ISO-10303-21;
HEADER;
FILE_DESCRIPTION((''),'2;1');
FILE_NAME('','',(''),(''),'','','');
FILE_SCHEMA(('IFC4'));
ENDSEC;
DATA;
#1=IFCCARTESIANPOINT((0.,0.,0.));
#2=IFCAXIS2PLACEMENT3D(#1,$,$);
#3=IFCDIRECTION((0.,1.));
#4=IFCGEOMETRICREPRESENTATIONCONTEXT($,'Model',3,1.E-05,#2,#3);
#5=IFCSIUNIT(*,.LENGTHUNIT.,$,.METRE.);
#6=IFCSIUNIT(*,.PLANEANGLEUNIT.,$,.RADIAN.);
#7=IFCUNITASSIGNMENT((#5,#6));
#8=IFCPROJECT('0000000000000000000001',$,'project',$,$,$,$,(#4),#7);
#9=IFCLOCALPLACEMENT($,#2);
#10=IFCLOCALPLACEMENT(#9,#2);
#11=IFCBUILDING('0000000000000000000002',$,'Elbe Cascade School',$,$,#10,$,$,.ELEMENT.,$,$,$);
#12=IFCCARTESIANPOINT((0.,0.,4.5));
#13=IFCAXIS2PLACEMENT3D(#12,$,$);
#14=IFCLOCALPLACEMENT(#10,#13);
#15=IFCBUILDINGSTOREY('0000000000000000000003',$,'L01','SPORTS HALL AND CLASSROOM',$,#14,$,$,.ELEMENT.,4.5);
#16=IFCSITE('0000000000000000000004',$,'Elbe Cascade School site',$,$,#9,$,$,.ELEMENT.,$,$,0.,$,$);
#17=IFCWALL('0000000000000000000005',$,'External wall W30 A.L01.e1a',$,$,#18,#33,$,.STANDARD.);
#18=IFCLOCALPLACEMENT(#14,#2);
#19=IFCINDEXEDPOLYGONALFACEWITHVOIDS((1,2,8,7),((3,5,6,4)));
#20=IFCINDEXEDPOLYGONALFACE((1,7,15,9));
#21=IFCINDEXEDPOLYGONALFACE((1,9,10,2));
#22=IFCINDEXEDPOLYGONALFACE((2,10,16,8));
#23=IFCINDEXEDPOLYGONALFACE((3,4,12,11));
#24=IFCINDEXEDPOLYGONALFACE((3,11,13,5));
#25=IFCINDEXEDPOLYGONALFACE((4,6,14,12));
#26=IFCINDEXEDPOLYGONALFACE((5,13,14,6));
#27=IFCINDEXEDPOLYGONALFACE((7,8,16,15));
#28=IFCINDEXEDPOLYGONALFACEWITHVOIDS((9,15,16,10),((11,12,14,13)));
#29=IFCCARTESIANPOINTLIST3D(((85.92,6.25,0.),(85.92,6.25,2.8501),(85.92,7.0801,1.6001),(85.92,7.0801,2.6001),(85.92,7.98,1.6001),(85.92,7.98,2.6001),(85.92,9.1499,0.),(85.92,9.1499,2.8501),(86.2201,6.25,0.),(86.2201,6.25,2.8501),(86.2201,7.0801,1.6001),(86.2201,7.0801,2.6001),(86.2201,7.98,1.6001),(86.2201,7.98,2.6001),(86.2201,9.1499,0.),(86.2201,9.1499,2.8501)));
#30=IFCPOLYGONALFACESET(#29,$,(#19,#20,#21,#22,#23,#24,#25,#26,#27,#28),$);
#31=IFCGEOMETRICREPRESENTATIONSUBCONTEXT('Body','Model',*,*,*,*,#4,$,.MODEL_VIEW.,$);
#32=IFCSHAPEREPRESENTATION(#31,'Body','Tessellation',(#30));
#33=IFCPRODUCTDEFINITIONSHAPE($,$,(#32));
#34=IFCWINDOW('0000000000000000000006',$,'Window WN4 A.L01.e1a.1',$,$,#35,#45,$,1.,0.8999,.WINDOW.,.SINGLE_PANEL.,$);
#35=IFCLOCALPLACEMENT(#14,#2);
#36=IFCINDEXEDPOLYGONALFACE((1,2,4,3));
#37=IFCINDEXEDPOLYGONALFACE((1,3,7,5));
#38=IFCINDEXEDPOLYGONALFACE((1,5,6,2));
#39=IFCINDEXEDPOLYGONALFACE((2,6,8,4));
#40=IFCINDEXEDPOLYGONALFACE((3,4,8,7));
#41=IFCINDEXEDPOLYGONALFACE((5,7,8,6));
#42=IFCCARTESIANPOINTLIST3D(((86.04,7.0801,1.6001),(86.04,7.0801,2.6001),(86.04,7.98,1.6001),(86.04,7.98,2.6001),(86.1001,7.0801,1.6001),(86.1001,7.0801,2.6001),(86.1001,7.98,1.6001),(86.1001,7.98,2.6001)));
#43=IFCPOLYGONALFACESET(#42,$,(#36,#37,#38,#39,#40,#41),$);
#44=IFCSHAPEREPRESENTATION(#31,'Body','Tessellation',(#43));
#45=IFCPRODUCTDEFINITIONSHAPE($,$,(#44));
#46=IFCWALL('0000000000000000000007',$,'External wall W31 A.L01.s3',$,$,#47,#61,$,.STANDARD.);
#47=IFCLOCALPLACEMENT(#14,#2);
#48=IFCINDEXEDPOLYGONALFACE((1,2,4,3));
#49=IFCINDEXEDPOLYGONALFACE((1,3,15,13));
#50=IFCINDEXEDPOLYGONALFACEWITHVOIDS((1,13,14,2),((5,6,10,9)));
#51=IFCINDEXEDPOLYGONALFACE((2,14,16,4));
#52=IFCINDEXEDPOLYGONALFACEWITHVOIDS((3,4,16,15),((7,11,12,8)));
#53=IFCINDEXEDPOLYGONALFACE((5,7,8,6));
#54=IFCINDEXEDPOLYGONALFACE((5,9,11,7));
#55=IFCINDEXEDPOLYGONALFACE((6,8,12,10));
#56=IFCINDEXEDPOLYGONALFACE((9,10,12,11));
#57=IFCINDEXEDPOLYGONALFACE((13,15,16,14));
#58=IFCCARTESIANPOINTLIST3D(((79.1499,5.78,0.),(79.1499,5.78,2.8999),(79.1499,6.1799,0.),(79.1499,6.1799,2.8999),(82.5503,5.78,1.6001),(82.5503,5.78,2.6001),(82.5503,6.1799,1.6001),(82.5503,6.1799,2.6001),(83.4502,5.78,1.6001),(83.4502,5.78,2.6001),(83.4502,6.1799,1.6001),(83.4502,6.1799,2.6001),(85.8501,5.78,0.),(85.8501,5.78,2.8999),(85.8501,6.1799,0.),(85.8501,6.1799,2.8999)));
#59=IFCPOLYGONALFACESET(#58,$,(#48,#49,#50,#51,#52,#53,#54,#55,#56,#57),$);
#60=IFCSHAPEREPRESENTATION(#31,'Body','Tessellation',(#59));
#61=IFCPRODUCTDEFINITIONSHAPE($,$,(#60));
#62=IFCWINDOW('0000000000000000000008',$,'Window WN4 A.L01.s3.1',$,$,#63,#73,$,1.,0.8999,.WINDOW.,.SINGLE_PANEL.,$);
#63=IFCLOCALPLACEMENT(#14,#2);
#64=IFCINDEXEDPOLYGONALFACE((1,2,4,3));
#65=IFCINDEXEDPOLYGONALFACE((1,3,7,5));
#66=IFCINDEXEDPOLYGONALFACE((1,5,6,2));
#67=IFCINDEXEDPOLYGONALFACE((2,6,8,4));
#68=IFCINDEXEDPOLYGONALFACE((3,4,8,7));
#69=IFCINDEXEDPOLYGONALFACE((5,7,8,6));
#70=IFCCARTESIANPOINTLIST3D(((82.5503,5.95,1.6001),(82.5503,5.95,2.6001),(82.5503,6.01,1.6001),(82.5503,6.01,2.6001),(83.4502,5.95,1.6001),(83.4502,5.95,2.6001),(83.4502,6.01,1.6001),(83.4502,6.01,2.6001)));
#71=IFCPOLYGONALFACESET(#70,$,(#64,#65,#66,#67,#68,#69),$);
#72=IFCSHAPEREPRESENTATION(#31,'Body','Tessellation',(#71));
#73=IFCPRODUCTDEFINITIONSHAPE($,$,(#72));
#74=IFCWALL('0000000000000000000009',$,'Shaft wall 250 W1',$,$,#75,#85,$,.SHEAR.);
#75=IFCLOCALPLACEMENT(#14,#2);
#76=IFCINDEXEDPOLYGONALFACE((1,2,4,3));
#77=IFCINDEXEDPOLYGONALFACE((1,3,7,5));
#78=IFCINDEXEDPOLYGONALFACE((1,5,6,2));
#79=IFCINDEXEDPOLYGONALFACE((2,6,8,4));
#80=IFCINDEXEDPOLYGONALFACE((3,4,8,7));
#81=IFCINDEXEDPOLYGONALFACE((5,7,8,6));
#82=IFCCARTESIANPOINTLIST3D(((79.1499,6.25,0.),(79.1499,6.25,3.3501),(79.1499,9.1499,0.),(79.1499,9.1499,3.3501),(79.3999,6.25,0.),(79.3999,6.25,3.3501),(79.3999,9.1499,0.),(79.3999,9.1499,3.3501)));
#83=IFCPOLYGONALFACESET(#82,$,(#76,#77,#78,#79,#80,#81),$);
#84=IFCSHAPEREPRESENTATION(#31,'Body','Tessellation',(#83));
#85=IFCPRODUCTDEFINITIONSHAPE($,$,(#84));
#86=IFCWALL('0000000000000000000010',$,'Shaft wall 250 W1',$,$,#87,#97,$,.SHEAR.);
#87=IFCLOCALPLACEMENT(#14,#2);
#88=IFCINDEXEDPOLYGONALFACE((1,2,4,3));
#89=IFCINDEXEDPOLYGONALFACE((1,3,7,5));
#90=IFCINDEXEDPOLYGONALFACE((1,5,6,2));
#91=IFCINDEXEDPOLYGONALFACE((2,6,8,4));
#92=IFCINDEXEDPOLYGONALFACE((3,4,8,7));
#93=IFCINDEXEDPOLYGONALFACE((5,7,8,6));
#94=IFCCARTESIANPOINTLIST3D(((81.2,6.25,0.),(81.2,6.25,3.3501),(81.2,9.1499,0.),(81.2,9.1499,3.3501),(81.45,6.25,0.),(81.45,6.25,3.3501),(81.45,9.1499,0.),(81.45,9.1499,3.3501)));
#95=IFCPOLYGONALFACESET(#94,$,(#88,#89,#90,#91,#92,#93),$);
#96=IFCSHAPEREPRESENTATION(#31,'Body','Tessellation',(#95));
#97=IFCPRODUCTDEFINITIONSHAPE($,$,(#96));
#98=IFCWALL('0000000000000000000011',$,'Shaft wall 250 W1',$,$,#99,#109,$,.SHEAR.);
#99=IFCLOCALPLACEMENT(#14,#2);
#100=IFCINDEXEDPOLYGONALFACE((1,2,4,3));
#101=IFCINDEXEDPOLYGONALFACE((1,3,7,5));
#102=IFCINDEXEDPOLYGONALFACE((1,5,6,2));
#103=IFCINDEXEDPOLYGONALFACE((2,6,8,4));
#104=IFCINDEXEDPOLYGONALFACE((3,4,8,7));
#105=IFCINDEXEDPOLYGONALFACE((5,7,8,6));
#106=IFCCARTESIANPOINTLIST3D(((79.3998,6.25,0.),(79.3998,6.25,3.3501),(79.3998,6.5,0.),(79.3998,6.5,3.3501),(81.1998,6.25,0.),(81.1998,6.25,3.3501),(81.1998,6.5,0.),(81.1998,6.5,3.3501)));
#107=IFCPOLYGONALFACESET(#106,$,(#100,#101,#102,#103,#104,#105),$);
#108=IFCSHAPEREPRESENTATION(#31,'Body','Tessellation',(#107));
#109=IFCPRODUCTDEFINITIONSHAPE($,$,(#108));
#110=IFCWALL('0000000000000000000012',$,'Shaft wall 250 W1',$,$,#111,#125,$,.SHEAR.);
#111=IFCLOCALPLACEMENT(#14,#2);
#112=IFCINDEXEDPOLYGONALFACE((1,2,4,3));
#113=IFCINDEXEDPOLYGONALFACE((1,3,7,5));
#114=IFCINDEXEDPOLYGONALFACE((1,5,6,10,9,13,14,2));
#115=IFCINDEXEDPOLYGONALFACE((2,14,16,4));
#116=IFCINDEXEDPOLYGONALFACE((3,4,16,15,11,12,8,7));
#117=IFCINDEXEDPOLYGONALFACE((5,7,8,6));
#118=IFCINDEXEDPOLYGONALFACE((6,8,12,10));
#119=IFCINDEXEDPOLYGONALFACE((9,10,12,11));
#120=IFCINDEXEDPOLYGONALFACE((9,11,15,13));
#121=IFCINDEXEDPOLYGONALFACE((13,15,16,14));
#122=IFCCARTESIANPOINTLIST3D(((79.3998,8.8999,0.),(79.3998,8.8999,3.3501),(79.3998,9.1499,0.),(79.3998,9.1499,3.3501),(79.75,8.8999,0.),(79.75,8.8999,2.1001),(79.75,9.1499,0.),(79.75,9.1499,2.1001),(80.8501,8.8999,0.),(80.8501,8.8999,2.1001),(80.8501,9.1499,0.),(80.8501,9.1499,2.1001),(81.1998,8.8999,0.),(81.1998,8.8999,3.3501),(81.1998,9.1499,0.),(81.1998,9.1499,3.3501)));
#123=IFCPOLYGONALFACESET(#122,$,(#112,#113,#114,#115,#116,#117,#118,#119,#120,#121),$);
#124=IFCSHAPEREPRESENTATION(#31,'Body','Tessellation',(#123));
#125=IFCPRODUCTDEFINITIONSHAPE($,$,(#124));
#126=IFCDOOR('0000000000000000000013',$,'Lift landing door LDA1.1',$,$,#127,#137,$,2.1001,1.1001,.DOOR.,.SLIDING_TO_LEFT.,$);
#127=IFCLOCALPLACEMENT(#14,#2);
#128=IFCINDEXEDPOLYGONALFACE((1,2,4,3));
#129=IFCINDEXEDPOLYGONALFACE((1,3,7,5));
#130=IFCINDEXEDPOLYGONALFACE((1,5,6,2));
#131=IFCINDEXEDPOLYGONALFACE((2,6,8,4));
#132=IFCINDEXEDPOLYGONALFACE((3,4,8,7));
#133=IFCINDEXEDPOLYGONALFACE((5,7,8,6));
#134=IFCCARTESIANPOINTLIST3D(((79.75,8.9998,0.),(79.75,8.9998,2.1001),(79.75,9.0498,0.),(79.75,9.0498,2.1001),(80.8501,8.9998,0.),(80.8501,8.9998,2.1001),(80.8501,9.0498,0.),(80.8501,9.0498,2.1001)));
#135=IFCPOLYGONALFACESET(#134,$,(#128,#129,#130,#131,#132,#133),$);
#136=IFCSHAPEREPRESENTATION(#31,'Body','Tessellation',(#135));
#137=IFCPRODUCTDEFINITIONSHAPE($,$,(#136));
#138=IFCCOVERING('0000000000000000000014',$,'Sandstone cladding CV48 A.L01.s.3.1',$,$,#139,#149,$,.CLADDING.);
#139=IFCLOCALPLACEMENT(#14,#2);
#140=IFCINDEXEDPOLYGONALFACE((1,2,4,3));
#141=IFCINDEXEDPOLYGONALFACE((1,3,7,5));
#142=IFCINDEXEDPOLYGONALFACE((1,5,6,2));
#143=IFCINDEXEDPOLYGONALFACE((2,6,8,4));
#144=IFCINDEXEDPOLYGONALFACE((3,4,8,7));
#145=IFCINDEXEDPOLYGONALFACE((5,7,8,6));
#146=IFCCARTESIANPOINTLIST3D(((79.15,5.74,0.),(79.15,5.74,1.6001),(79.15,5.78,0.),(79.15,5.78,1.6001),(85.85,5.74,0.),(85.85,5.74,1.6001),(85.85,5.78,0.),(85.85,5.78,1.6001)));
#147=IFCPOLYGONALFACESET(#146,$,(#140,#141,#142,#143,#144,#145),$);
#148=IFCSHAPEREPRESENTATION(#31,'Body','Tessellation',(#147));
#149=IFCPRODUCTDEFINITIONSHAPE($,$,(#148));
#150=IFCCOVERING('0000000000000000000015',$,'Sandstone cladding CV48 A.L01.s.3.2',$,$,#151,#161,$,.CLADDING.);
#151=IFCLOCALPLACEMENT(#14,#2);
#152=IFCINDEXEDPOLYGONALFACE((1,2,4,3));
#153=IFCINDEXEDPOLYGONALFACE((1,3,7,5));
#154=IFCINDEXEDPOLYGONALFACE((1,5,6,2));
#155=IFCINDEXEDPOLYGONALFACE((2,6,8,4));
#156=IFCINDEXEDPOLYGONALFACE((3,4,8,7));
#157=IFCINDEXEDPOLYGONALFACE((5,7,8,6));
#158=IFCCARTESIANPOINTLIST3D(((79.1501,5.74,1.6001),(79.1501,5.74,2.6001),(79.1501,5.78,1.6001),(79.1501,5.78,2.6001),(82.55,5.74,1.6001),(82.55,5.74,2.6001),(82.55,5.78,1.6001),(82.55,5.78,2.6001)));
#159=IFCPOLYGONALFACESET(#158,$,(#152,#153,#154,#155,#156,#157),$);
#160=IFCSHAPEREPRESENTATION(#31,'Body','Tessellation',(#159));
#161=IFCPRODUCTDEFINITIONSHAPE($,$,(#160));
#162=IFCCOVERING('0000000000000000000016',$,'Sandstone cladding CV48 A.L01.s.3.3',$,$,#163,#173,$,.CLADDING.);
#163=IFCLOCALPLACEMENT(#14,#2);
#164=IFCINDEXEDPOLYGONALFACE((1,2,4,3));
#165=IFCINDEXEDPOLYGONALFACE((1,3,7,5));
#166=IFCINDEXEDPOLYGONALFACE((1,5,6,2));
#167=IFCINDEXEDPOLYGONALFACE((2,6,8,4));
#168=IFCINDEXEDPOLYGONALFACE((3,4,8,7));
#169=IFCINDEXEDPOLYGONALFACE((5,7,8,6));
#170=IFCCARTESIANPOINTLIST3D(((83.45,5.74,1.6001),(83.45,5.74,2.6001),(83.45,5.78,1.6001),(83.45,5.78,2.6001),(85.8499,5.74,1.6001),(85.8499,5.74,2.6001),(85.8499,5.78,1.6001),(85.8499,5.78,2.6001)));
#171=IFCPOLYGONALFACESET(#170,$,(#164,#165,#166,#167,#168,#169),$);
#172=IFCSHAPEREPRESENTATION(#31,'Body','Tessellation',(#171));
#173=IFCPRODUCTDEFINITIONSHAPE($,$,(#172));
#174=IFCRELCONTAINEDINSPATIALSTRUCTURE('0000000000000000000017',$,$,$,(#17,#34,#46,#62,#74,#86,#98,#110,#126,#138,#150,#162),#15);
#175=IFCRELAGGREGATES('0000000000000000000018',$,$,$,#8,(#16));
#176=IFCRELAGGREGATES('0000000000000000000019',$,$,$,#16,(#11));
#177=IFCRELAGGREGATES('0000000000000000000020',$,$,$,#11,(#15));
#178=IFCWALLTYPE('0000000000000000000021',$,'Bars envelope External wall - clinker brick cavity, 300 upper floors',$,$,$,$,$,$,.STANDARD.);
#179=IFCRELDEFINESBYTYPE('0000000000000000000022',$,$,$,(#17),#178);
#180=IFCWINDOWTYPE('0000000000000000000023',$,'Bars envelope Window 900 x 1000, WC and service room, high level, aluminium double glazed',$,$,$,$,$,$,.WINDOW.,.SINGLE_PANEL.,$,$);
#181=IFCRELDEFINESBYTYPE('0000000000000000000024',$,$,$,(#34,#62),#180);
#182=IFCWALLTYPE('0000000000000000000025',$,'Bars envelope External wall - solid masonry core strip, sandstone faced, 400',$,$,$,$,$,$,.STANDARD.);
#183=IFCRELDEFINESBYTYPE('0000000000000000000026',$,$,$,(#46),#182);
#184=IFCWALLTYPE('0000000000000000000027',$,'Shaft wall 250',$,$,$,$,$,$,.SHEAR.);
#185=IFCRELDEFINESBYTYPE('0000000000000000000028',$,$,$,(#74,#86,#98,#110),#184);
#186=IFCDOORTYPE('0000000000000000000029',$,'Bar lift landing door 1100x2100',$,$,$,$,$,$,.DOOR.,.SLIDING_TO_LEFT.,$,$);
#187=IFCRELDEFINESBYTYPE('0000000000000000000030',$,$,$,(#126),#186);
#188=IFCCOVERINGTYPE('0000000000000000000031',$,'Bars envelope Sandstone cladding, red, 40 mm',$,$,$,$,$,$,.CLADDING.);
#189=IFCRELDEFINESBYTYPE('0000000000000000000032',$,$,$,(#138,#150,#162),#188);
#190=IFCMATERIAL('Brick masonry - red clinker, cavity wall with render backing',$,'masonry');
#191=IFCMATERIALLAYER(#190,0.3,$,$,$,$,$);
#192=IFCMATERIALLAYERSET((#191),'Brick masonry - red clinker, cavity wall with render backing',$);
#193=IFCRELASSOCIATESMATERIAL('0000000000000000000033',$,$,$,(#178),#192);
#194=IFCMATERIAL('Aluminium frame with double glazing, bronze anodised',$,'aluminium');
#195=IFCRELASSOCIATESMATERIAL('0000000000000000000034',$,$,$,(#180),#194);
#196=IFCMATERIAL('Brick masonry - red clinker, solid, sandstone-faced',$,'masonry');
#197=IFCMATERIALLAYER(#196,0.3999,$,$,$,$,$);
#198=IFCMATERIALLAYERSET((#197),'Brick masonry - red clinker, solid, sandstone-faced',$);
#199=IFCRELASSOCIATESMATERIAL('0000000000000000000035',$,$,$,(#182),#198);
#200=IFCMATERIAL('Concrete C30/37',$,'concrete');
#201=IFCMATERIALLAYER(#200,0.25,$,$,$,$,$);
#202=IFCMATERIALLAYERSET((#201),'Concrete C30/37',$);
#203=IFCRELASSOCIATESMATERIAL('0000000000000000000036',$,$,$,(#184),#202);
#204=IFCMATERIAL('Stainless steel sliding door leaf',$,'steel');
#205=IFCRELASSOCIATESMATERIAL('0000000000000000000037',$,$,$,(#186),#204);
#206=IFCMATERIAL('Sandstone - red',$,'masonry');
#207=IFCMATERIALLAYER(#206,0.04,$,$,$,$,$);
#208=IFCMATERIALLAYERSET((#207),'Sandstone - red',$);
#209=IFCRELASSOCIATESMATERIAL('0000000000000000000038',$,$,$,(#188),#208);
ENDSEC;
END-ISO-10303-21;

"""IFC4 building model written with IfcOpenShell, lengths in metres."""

from ifc_helpers import new_model, si_unit, direction, frame, frame_2d, origin, origin_2d, place, context, subcontext, project, spatial, rectangle, extrude, material, layer, layer_set, type_object, element, fill, save


model = new_model("IFC4")

# Units and contexts
model_context = context("Model", 3, precision=1e-05, world=origin(), true_north=direction((0.0, 1.0)))
body_context = subcontext(model_context, "Body", "Model", "MODEL_VIEW")
ifc_project = project(units=[si_unit("LENGTHUNIT", "METRE"), si_unit("PLANEANGLEUNIT", "RADIAN")], contexts=[model_context])

# Site, building, storey
site_placement = place(None, origin())
site = spatial("IfcSite", under=ifc_project, at=site_placement, Name="Elbe Cascade School site", CompositionType="ELEMENT", RefElevation=0.0)
building_placement = place(site_placement, origin())
building = spatial("IfcBuilding", under=site, at=building_placement, Name="Elbe Cascade School", CompositionType="ELEMENT")
storey_placement = place(building_placement, frame((0.0, 0.0, 4.5)))
storey = spatial("IfcBuildingStorey", under=building, at=storey_placement, Name="L01", Description="SPORTS HALL AND CLASSROOM", CompositionType="ELEMENT", Elevation=4.5)

# Walls, openings, windows
ifc_material_1 = material(Name="Brick masonry - red clinker, cavity wall with render backing", Category="masonry")
ifc_layer_1 = layer(ifc_material_1, 0.3)
ifc_layer_set_1 = layer_set([ifc_layer_1], Name="Brick masonry - red clinker, cavity wall with render backing")
wall_type_1 = type_object("IfcWallType", Name="Bars envelope External wall - clinker brick cavity, 300 upper floors", PredefinedType="STANDARD", material=ifc_layer_set_1)
wall_1_placement = place(storey_placement, frame((86.0701, 9.1499, 0.0), z_axis=(0.0, 0.0, 1.0), x_axis=(0.0, -1.0, 0.0)))
wall_1 = element("IfcWall", 1, at=wall_1_placement, inside=storey, type_object=wall_type_1, Name="External wall W30 A.L01.e1a", PredefinedType="STANDARD", context=body_context, shape_type="SweptSolid", body=[
    extrude(rectangle(XDim=2.8999, YDim=0.3, at=frame_2d((1.45, 0.0))), origin(), (0.0, 0.0, 1.0), 2.8501),
])
opening_1_placement = place(wall_1_placement, frame((1.1699, 0.0, 1.6001)))
opening_1 = element("IfcOpeningElement", 2, at=opening_1_placement, cuts=wall_1, PredefinedType="OPENING", context=body_context, shape_type="SweptSolid", body=[
    extrude(rectangle(XDim=0.8999, YDim=1.0, at=frame_2d((0.45, 0.5))), frame((0.0, 0.1599, 0.0), z_axis=(0.0, -1.0, 0.0), x_axis=(1.0, 0.0, 0.0)), (0.0, 0.0, 1.0), 0.3201),
])
ifc_material_2 = material(Name="Aluminium frame with double glazing, bronze anodised", Category="aluminium")
window_type = type_object("IfcWindowType", Name="Bars envelope Window 900 x 1000, WC and service room, high level, aluminium double glazed", PartitioningType="SINGLE_PANEL", PredefinedType="WINDOW", material=ifc_material_2)
window_1_placement = place(opening_1_placement, origin())
window_1 = element("IfcWindow", 3, at=window_1_placement, inside=storey, type_object=window_type, Name="Window WN4 A.L01.e1a.1", OverallHeight=1.0, OverallWidth=0.8999, PartitioningType="SINGLE_PANEL", PredefinedType="WINDOW", context=body_context, shape_type="SweptSolid", body=[
    extrude(rectangle(XDim=0.8999, YDim=1.0, at=frame_2d((0.45, 0.5))), frame((0.0, 0.03, 0.0), z_axis=(0.0, -1.0, 0.0), x_axis=(1.0, 0.0, 0.0)), (0.0, 0.0, 1.0), 0.0601),
])
fill(opening_1, window_1)
ifc_material_3 = material(Name="Brick masonry - red clinker, solid, sandstone-faced", Category="masonry")
ifc_layer_2 = layer(ifc_material_3, 0.3999)
ifc_layer_set_2 = layer_set([ifc_layer_2], Name="Brick masonry - red clinker, solid, sandstone-faced")
wall_type_2 = type_object("IfcWallType", Name="Bars envelope External wall - solid masonry core strip, sandstone faced, 400", PredefinedType="STANDARD", material=ifc_layer_set_2)
wall_2_placement = place(storey_placement, frame((85.8501, 5.98, 0.0), z_axis=(0.0, 0.0, 1.0), x_axis=(-1.0, 0.0, 0.0)))
wall_2 = element("IfcWall", 4, at=wall_2_placement, inside=storey, type_object=wall_type_2, Name="External wall W31 A.L01.s3", PredefinedType="STANDARD", context=body_context, shape_type="SweptSolid", body=[
    extrude(rectangle(XDim=6.7002, YDim=0.3999, at=frame_2d((3.3501, 0.0))), origin(), (0.0, 0.0, 1.0), 2.8999),
])
opening_2_placement = place(wall_2_placement, frame((2.3999, 0.0, 1.6001)))
opening_2 = element("IfcOpeningElement", 5, at=opening_2_placement, cuts=wall_2, PredefinedType="OPENING", context=body_context, shape_type="SweptSolid", body=[
    extrude(rectangle(XDim=0.8999, YDim=1.0, at=frame_2d((0.45, 0.5))), frame((0.0, 0.21, 0.0), z_axis=(0.0, -1.0, 0.0), x_axis=(1.0, 0.0, 0.0)), (0.0, 0.0, 1.0), 0.4199),
])
window_2_placement = place(opening_2_placement, origin())
window_2 = element("IfcWindow", 6, at=window_2_placement, inside=storey, type_object=window_type, Name="Window WN4 A.L01.s3.1", OverallHeight=1.0, OverallWidth=0.8999, PartitioningType="SINGLE_PANEL", PredefinedType="WINDOW", context=body_context, shape_type="SweptSolid", body=[
    extrude(rectangle(XDim=0.8999, YDim=1.0, at=frame_2d((0.45, 0.5))), frame((0.0, 0.03, 0.0), z_axis=(0.0, -1.0, 0.0), x_axis=(1.0, 0.0, 0.0)), (0.0, 0.0, 1.0), 0.0601),
])
fill(opening_2, window_2)

# Walls
ifc_material_4 = material(Name="Concrete C30/37", Category="concrete")
ifc_layer_3 = layer(ifc_material_4, 0.25)
ifc_layer_set_3 = layer_set([ifc_layer_3], Name="Concrete C30/37")
wall_type_3 = type_object("IfcWallType", Name="Shaft wall 250", PredefinedType="SHEAR", material=ifc_layer_set_3)
for number, where, z_axis, x_axis, name in (
    (7, (79.2749, 6.25, 0.0), (0.0, 0.0, 1.0), (0.0, 1.0, 0.0), "Shaft wall 250 W1"),
    (8, (81.325, 6.25, 0.0), (0.0, 0.0, 1.0), (0.0, 1.0, 0.0), "Shaft wall 250 W1"),
):
    element("IfcWall", number, at=place(storey_placement, frame(where, z_axis=z_axis, x_axis=x_axis)), inside=storey, type_object=wall_type_3, Name=name, PredefinedType="SHEAR", context=body_context, shape_type="SweptSolid", body=[
        extrude(rectangle(XDim=2.8999, YDim=0.25, at=frame_2d((1.45, 0.0))), origin(), (0.0, 0.0, 1.0), 3.3501),
    ])
wall_3_placement = place(storey_placement, frame((79.3999, 6.375, 0.0), z_axis=(0.0, 0.0, 1.0), x_axis=(1.0, 0.0, 0.0)))
element("IfcWall", 9, at=wall_3_placement, inside=storey, type_object=wall_type_3, Name="Shaft wall 250 W1", PredefinedType="SHEAR", context=body_context, shape_type="SweptSolid", body=[
    extrude(rectangle(XDim=1.8, YDim=0.25, at=frame_2d((0.8999, 0.0))), origin(), (0.0, 0.0, 1.0), 3.3501),
])

# Wall, opening, door
wall_4_placement = place(storey_placement, frame((79.3999, 9.0249, 0.0), z_axis=(0.0, 0.0, 1.0), x_axis=(1.0, 0.0, 0.0)))
wall_4 = element("IfcWall", 10, at=wall_4_placement, inside=storey, type_object=wall_type_3, Name="Shaft wall 250 W1", PredefinedType="SHEAR", context=body_context, shape_type="SweptSolid", body=[
    extrude(rectangle(XDim=1.8, YDim=0.25, at=frame_2d((0.8999, 0.0))), origin(), (0.0, 0.0, 1.0), 3.3501),
])
opening_3_placement = place(wall_4_placement, frame((0.3501, 0.0, 0.0)))
opening_3 = element("IfcOpeningElement", 11, at=opening_3_placement, cuts=wall_4, PredefinedType="OPENING", context=body_context, shape_type="SweptSolid", body=[
    extrude(rectangle(XDim=1.1001, YDim=2.1001, at=frame_2d((0.55, 1.05))), frame((0.0, 0.135, 0.0), z_axis=(0.0, -1.0, 0.0), x_axis=(1.0, 0.0, 0.0)), (0.0, 0.0, 1.0), 0.27),
])
ifc_material_5 = material(Name="Stainless steel sliding door leaf", Category="steel")
door_type_1 = type_object("IfcDoorType", Name="Bar lift landing door 1100x2100", OperationType="SLIDING_TO_LEFT", PredefinedType="DOOR", material=ifc_material_5)
door_1_placement = place(opening_3_placement, origin())
door_1 = element("IfcDoor", 12, at=door_1_placement, inside=storey, type_object=door_type_1, Name="Lift landing door LDA1.1", OperationType="SLIDING_TO_LEFT", OverallHeight=2.1001, OverallWidth=1.1001, PredefinedType="DOOR", context=body_context, shape_type="SweptSolid", body=[
    extrude(rectangle(XDim=1.1001, YDim=2.1001, at=frame_2d((0.55, 1.05))), frame((0.0, 0.0249, 0.0), z_axis=(0.0, -1.0, 0.0), x_axis=(1.0, 0.0, 0.0)), (0.0, 0.0, 1.0), 0.05),
])
fill(opening_3, door_1)

# Coverings
ifc_material_6 = material(Name="Sandstone - red", Category="masonry")
ifc_layer_4 = layer(ifc_material_6, 0.04)
ifc_layer_set_4 = layer_set([ifc_layer_4], Name="Sandstone - red")
covering_type = type_object("IfcCoveringType", Name="Bars envelope Sandstone cladding, red, 40 mm", PredefinedType="CLADDING", material=ifc_layer_set_4)
covering_1_placement = place(storey_placement, frame((82.5, 5.76, 0.0), z_axis=(0.0, 0.0, 1.0), x_axis=(1.0, 0.0, 0.0)))
element("IfcCovering", 13, at=covering_1_placement, inside=storey, type_object=covering_type, Name="Sandstone cladding CV48 A.L01.s.3.1", PredefinedType="CLADDING", context=body_context, shape_type="SweptSolid", body=[
    extrude(rectangle(XDim=6.7, YDim=0.04, at=origin_2d()), origin(), (0.0, 0.0, 1.0), 1.6001),
])
covering_2_placement = place(storey_placement, frame((80.8501, 5.76, 1.6001), z_axis=(0.0, 0.0, 1.0), x_axis=(1.0, 0.0, 0.0)))
element("IfcCovering", 14, at=covering_2_placement, inside=storey, type_object=covering_type, Name="Sandstone cladding CV48 A.L01.s.3.2", PredefinedType="CLADDING", context=body_context, shape_type="SweptSolid", body=[
    extrude(rectangle(XDim=3.3999, YDim=0.04, at=origin_2d()), origin(), (0.0, 0.0, 1.0), 1.0),
])
covering_3_placement = place(storey_placement, frame((84.6499, 5.76, 1.6001), z_axis=(0.0, 0.0, 1.0), x_axis=(1.0, 0.0, 0.0)))
element("IfcCovering", 15, at=covering_3_placement, inside=storey, type_object=covering_type, Name="Sandstone cladding CV48 A.L01.s.3.3", PredefinedType="CLADDING", context=body_context, shape_type="SweptSolid", body=[
    extrude(rectangle(XDim=2.3999, YDim=0.04, at=origin_2d()), origin(), (0.0, 0.0, 1.0), 1.0),
])

save(model, "model.ifc")
